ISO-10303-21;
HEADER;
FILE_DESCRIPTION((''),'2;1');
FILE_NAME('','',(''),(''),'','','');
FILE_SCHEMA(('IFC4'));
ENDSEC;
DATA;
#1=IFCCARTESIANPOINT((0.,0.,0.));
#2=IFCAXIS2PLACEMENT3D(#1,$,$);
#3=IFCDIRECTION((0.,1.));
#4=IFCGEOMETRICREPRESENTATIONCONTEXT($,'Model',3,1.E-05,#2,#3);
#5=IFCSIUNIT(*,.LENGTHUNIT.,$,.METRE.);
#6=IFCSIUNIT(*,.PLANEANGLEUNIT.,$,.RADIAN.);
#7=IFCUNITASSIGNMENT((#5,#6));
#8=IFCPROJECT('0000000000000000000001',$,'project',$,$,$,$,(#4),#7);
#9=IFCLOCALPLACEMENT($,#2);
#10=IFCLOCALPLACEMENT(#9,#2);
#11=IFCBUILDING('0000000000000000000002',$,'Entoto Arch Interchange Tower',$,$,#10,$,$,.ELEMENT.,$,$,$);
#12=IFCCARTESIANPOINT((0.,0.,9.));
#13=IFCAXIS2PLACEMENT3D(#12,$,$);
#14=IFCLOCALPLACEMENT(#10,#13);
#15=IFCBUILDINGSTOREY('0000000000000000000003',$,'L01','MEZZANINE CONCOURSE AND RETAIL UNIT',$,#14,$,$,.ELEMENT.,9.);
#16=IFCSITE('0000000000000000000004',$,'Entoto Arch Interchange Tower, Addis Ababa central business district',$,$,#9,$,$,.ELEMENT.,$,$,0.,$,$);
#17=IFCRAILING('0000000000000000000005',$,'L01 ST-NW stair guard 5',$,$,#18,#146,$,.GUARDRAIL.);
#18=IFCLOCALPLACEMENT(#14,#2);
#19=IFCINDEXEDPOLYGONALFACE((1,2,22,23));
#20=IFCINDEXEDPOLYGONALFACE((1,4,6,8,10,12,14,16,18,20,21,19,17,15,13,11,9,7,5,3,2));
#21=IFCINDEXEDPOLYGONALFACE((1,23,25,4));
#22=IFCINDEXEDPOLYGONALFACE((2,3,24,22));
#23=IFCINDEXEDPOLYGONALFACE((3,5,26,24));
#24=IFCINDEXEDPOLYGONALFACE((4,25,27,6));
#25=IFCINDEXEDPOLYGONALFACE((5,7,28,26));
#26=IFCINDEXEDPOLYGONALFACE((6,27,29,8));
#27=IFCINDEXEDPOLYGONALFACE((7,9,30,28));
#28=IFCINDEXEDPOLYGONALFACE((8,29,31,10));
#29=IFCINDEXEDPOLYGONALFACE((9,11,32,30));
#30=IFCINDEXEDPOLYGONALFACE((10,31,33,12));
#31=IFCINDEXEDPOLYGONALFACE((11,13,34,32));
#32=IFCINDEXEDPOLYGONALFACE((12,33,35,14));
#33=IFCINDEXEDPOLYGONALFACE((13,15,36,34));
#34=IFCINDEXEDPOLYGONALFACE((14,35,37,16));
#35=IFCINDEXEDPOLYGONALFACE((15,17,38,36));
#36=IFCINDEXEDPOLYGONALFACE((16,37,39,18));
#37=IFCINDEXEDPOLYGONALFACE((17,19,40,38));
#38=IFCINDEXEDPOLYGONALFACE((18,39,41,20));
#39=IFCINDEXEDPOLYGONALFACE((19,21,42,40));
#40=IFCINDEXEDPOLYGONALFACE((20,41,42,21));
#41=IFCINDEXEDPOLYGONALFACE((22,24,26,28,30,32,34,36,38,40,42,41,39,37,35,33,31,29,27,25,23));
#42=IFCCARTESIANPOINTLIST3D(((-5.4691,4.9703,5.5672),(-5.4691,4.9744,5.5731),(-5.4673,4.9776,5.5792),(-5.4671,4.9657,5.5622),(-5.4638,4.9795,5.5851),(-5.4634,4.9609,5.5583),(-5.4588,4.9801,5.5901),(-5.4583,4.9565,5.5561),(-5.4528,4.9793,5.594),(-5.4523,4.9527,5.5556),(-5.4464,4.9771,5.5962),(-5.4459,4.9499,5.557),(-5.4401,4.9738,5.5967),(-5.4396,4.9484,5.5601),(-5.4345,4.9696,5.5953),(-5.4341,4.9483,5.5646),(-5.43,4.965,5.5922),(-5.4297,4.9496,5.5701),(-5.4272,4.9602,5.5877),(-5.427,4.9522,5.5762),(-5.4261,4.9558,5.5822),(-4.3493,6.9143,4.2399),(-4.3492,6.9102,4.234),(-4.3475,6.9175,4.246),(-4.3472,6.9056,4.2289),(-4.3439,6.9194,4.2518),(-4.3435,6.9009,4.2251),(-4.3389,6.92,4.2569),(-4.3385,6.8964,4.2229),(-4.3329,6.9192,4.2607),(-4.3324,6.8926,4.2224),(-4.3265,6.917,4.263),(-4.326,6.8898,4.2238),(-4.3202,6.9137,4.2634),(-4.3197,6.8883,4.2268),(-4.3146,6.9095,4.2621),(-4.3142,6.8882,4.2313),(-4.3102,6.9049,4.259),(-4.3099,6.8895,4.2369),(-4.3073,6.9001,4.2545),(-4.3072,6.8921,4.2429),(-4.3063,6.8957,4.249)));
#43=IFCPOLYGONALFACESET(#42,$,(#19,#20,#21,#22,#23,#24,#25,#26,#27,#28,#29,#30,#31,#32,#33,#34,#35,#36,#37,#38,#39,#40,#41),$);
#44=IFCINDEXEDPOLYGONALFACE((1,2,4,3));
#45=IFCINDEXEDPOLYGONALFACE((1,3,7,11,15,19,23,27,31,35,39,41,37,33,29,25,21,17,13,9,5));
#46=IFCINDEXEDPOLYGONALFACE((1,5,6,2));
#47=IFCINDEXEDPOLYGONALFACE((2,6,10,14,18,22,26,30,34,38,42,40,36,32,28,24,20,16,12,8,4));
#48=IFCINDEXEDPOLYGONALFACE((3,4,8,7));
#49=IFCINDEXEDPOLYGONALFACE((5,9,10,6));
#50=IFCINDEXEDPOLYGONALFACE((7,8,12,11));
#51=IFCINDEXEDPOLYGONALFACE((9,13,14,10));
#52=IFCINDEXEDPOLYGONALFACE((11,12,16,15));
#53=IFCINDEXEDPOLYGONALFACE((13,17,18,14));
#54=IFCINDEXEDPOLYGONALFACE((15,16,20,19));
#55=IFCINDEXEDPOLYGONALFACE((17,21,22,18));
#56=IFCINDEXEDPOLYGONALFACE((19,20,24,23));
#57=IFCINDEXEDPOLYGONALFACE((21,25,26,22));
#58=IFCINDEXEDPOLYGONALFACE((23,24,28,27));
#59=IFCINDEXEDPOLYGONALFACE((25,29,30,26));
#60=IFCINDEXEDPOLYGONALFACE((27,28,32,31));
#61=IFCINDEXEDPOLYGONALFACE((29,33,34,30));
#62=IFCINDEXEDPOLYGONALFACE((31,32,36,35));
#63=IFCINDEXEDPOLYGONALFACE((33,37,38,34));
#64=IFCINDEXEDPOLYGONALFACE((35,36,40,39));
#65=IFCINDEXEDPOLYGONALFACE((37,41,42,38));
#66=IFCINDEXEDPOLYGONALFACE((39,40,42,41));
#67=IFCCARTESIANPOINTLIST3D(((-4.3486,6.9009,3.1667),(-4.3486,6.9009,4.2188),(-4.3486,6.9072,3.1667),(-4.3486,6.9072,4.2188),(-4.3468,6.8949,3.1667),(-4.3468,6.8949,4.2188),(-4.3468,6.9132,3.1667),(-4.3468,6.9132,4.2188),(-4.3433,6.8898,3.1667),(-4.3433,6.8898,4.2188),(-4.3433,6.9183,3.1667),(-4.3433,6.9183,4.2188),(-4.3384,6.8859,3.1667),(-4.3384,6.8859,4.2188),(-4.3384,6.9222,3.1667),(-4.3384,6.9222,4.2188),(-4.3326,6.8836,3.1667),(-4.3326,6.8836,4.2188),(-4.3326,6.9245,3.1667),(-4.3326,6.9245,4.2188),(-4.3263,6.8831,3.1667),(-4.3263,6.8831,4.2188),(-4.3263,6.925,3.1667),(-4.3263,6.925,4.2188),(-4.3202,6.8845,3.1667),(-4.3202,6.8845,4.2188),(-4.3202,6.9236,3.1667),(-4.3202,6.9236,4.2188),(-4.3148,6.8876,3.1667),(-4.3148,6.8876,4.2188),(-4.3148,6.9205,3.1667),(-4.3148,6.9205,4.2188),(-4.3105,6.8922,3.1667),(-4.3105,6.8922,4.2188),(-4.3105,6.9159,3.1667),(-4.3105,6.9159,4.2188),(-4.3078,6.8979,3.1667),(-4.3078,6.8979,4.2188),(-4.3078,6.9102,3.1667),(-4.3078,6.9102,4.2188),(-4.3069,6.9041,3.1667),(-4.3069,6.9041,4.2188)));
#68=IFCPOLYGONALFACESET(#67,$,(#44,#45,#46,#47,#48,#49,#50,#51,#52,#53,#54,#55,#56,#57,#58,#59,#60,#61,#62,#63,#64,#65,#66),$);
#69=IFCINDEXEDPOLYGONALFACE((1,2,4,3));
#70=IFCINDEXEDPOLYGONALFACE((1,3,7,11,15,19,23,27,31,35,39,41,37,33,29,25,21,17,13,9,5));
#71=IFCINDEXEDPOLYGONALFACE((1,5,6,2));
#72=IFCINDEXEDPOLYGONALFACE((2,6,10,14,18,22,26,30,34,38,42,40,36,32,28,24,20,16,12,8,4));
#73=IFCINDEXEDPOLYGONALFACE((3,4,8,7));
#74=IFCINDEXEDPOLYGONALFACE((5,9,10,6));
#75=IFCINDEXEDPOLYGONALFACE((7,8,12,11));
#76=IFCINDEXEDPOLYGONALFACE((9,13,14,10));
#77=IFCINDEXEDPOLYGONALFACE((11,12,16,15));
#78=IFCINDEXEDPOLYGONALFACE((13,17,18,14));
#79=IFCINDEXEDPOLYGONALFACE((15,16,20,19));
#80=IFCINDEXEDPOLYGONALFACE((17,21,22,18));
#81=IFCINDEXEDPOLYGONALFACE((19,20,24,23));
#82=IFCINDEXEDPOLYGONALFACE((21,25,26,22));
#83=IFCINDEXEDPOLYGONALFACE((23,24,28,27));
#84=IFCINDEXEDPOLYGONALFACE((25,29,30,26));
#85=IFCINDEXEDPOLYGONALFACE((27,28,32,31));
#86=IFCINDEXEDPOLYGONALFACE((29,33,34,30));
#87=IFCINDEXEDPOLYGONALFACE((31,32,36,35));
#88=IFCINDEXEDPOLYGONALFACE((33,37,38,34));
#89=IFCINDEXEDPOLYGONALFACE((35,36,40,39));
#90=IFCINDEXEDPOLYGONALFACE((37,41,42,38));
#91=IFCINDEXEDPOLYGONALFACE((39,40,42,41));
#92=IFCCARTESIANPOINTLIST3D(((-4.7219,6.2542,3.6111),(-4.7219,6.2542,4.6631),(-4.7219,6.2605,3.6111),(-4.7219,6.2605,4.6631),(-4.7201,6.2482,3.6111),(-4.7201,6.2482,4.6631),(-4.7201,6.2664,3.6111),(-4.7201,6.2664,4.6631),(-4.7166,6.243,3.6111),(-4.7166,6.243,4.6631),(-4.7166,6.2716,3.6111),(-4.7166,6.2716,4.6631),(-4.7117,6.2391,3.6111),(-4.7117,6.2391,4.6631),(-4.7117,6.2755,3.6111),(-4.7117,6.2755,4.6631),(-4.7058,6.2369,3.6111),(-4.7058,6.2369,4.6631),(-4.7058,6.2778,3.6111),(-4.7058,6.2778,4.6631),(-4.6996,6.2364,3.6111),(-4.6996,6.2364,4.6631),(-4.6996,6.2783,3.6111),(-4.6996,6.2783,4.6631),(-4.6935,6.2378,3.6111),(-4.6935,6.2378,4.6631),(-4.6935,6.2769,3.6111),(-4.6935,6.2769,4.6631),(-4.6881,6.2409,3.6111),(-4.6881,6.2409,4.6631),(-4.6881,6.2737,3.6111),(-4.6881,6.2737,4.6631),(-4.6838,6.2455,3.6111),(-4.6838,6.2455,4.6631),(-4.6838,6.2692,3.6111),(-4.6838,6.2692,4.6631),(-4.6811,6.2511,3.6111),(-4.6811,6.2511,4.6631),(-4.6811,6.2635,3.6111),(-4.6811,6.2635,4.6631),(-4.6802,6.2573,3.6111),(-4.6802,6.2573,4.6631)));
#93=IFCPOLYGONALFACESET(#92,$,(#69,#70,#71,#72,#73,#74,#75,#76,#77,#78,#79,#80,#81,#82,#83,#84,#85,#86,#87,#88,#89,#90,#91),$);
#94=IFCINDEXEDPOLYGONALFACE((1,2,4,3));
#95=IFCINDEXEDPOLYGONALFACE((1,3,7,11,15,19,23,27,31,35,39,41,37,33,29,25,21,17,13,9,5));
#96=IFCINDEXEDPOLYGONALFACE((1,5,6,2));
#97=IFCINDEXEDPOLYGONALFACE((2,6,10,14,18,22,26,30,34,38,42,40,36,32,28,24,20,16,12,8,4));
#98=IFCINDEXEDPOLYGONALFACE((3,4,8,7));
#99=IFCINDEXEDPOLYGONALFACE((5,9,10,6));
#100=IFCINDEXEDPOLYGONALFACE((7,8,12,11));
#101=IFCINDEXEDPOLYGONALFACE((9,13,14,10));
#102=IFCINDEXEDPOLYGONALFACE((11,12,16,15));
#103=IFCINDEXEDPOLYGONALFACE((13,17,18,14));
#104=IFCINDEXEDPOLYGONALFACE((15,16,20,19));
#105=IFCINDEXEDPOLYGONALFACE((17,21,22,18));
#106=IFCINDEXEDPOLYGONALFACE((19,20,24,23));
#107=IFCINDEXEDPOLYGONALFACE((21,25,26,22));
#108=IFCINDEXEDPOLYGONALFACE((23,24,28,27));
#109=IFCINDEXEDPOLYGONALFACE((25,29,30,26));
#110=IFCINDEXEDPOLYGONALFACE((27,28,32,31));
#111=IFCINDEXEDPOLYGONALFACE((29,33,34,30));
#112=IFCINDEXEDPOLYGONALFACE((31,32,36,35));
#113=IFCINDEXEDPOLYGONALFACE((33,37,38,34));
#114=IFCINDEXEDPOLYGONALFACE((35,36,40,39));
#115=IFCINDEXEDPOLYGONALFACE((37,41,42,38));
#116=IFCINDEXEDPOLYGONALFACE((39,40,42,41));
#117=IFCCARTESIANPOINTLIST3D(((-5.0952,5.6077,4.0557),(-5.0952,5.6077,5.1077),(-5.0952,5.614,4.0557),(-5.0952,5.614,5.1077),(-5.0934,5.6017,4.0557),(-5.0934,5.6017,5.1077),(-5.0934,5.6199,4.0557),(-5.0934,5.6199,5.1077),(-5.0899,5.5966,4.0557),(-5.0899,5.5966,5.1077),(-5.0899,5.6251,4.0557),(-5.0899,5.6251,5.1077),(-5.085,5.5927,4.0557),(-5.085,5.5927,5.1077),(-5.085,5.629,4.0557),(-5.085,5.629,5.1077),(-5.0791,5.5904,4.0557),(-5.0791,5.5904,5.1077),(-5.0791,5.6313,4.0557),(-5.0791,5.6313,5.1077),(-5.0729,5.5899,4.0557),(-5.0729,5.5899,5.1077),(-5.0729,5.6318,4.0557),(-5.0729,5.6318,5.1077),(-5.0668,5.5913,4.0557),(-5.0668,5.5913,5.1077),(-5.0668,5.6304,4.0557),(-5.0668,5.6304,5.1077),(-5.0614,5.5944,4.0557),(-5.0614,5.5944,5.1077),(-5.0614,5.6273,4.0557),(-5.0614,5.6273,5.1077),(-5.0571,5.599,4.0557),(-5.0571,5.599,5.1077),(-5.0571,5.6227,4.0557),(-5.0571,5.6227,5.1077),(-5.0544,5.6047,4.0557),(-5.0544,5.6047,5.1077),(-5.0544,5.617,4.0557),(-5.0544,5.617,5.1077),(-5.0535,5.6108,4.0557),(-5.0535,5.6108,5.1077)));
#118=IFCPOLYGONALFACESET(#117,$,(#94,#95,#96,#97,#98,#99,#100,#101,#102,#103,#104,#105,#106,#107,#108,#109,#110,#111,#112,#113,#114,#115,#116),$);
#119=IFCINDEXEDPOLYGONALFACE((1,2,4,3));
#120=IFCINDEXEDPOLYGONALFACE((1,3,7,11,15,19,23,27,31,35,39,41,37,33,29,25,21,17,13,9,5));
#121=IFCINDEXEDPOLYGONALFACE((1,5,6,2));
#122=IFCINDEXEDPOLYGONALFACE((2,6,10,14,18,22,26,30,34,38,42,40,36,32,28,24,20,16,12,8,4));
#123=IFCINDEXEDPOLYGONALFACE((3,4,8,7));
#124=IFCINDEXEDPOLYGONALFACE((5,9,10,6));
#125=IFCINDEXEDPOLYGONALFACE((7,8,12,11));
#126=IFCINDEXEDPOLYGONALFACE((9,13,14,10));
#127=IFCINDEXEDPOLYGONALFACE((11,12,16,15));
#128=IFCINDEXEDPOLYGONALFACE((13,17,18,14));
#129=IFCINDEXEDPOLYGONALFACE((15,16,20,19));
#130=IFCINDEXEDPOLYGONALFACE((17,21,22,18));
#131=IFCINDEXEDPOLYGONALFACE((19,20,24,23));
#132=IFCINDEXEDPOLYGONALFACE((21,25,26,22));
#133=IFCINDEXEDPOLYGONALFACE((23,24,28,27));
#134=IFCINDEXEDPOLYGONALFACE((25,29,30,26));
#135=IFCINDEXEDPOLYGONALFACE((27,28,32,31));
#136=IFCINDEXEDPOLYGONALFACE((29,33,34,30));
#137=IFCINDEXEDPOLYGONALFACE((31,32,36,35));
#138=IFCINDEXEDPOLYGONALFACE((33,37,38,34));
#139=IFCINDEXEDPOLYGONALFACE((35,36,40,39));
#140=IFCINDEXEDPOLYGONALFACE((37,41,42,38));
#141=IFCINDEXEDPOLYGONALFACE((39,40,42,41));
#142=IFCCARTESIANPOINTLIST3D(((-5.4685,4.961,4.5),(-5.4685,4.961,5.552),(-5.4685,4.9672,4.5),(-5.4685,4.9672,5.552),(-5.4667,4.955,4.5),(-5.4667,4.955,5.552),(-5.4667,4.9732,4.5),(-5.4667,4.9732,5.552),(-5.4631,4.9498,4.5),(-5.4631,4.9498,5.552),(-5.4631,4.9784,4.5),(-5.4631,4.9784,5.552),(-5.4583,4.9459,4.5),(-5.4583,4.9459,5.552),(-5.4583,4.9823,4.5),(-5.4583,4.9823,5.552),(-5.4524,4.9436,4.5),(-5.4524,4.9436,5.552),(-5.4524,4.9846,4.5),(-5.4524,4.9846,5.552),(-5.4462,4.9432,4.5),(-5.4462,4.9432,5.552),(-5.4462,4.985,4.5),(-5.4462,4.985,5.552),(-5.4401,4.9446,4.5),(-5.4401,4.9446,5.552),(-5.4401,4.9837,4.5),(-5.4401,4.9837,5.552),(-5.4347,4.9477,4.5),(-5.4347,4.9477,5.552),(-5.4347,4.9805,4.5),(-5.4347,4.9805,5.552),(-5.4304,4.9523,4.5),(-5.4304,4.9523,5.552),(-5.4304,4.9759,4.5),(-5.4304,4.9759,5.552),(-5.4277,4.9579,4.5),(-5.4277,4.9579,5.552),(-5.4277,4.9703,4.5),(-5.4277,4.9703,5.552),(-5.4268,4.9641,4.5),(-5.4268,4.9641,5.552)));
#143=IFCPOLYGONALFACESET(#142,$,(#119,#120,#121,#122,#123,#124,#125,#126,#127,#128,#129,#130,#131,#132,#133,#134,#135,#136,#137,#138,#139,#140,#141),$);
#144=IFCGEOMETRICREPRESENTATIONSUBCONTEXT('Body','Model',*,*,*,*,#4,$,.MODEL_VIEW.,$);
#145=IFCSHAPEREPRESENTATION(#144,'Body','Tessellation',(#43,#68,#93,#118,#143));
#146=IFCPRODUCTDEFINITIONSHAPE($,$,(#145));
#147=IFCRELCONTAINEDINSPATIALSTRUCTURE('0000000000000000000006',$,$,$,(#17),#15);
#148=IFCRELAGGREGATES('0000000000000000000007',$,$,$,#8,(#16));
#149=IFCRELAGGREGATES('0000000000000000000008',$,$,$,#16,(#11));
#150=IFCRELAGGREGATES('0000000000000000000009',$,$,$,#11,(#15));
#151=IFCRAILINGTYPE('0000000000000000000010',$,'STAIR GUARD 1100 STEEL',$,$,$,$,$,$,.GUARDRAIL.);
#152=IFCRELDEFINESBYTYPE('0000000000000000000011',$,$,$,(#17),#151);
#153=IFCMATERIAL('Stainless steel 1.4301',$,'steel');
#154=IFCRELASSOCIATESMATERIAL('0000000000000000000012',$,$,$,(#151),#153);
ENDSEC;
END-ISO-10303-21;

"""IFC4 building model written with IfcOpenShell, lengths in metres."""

from ifc_helpers import new_model, si_unit, direction, frame, origin, origin_2d, place, context, subcontext, project, spatial, circle, extrude, material, type_object, element, save


model = new_model("IFC4")

# Units and contexts
model_context = context("Model", 3, precision=1e-05, world=origin(), true_north=direction((0.0, 1.0)))
body_context = subcontext(model_context, "Body", "Model", "MODEL_VIEW")
ifc_project = project(units=[si_unit("LENGTHUNIT", "METRE"), si_unit("PLANEANGLEUNIT", "RADIAN")], contexts=[model_context])

# Site, building, storey
site_placement = place(None, origin())
site = spatial("IfcSite", under=ifc_project, at=site_placement, Name="Entoto Arch Interchange Tower, Addis Ababa central business district", CompositionType="ELEMENT", RefElevation=0.0)
building_placement = place(site_placement, origin())
building = spatial("IfcBuilding", under=site, at=building_placement, Name="Entoto Arch Interchange Tower", CompositionType="ELEMENT")
storey_placement = place(building_placement, frame((0.0, 0.0, 9.0)))
storey = spatial("IfcBuildingStorey", under=building, at=storey_placement, Name="L01", Description="MEZZANINE CONCOURSE AND RETAIL UNIT", CompositionType="ELEMENT", Elevation=9.0)

# Railing
ifc_material_1 = material(Name="Stainless steel 1.4301", Category="steel")
railing_type = type_object("IfcRailingType", Name="STAIR GUARD 1100 STEEL", PredefinedType="GUARDRAIL", material=ifc_material_1)
railing_1_placement = place(storey_placement, frame((-4.3279, 6.9041, 3.1667)))
element("IfcRailing", 1, at=railing_1_placement, inside=storey, type_object=railing_type, Name="L01 ST-NW stair guard 5", PredefinedType="GUARDRAIL", context=body_context, shape_type="SweptSolid", body=[
    extrude(circle(Radius=0.0239, at=origin_2d()), frame((0.0, 0.0, 1.0762), z_axis=(-0.429608, -0.744205, 0.511465), x_axis=(0.866055, -0.499949, 0.0)), (0.0, 0.0, 1.0), 2.6067),
    extrude(circle(Radius=0.021, at=origin_2d()), origin(), (0.0, 0.0, 1.0), 1.052),
    extrude(circle(Radius=0.021, at=origin_2d()), frame((-0.3733, -0.6467, 0.4443)), (0.0, 0.0, 1.0), 1.052),
    extrude(circle(Radius=0.021, at=origin_2d()), frame((-0.7466, -1.2932, 0.8889)), (0.0, 0.0, 1.0), 1.052),
    extrude(circle(Radius=0.021, at=origin_2d()), frame((-1.1199, -1.9399, 1.3333)), (0.0, 0.0, 1.0), 1.052),
])

save(model, "model.ifc")
